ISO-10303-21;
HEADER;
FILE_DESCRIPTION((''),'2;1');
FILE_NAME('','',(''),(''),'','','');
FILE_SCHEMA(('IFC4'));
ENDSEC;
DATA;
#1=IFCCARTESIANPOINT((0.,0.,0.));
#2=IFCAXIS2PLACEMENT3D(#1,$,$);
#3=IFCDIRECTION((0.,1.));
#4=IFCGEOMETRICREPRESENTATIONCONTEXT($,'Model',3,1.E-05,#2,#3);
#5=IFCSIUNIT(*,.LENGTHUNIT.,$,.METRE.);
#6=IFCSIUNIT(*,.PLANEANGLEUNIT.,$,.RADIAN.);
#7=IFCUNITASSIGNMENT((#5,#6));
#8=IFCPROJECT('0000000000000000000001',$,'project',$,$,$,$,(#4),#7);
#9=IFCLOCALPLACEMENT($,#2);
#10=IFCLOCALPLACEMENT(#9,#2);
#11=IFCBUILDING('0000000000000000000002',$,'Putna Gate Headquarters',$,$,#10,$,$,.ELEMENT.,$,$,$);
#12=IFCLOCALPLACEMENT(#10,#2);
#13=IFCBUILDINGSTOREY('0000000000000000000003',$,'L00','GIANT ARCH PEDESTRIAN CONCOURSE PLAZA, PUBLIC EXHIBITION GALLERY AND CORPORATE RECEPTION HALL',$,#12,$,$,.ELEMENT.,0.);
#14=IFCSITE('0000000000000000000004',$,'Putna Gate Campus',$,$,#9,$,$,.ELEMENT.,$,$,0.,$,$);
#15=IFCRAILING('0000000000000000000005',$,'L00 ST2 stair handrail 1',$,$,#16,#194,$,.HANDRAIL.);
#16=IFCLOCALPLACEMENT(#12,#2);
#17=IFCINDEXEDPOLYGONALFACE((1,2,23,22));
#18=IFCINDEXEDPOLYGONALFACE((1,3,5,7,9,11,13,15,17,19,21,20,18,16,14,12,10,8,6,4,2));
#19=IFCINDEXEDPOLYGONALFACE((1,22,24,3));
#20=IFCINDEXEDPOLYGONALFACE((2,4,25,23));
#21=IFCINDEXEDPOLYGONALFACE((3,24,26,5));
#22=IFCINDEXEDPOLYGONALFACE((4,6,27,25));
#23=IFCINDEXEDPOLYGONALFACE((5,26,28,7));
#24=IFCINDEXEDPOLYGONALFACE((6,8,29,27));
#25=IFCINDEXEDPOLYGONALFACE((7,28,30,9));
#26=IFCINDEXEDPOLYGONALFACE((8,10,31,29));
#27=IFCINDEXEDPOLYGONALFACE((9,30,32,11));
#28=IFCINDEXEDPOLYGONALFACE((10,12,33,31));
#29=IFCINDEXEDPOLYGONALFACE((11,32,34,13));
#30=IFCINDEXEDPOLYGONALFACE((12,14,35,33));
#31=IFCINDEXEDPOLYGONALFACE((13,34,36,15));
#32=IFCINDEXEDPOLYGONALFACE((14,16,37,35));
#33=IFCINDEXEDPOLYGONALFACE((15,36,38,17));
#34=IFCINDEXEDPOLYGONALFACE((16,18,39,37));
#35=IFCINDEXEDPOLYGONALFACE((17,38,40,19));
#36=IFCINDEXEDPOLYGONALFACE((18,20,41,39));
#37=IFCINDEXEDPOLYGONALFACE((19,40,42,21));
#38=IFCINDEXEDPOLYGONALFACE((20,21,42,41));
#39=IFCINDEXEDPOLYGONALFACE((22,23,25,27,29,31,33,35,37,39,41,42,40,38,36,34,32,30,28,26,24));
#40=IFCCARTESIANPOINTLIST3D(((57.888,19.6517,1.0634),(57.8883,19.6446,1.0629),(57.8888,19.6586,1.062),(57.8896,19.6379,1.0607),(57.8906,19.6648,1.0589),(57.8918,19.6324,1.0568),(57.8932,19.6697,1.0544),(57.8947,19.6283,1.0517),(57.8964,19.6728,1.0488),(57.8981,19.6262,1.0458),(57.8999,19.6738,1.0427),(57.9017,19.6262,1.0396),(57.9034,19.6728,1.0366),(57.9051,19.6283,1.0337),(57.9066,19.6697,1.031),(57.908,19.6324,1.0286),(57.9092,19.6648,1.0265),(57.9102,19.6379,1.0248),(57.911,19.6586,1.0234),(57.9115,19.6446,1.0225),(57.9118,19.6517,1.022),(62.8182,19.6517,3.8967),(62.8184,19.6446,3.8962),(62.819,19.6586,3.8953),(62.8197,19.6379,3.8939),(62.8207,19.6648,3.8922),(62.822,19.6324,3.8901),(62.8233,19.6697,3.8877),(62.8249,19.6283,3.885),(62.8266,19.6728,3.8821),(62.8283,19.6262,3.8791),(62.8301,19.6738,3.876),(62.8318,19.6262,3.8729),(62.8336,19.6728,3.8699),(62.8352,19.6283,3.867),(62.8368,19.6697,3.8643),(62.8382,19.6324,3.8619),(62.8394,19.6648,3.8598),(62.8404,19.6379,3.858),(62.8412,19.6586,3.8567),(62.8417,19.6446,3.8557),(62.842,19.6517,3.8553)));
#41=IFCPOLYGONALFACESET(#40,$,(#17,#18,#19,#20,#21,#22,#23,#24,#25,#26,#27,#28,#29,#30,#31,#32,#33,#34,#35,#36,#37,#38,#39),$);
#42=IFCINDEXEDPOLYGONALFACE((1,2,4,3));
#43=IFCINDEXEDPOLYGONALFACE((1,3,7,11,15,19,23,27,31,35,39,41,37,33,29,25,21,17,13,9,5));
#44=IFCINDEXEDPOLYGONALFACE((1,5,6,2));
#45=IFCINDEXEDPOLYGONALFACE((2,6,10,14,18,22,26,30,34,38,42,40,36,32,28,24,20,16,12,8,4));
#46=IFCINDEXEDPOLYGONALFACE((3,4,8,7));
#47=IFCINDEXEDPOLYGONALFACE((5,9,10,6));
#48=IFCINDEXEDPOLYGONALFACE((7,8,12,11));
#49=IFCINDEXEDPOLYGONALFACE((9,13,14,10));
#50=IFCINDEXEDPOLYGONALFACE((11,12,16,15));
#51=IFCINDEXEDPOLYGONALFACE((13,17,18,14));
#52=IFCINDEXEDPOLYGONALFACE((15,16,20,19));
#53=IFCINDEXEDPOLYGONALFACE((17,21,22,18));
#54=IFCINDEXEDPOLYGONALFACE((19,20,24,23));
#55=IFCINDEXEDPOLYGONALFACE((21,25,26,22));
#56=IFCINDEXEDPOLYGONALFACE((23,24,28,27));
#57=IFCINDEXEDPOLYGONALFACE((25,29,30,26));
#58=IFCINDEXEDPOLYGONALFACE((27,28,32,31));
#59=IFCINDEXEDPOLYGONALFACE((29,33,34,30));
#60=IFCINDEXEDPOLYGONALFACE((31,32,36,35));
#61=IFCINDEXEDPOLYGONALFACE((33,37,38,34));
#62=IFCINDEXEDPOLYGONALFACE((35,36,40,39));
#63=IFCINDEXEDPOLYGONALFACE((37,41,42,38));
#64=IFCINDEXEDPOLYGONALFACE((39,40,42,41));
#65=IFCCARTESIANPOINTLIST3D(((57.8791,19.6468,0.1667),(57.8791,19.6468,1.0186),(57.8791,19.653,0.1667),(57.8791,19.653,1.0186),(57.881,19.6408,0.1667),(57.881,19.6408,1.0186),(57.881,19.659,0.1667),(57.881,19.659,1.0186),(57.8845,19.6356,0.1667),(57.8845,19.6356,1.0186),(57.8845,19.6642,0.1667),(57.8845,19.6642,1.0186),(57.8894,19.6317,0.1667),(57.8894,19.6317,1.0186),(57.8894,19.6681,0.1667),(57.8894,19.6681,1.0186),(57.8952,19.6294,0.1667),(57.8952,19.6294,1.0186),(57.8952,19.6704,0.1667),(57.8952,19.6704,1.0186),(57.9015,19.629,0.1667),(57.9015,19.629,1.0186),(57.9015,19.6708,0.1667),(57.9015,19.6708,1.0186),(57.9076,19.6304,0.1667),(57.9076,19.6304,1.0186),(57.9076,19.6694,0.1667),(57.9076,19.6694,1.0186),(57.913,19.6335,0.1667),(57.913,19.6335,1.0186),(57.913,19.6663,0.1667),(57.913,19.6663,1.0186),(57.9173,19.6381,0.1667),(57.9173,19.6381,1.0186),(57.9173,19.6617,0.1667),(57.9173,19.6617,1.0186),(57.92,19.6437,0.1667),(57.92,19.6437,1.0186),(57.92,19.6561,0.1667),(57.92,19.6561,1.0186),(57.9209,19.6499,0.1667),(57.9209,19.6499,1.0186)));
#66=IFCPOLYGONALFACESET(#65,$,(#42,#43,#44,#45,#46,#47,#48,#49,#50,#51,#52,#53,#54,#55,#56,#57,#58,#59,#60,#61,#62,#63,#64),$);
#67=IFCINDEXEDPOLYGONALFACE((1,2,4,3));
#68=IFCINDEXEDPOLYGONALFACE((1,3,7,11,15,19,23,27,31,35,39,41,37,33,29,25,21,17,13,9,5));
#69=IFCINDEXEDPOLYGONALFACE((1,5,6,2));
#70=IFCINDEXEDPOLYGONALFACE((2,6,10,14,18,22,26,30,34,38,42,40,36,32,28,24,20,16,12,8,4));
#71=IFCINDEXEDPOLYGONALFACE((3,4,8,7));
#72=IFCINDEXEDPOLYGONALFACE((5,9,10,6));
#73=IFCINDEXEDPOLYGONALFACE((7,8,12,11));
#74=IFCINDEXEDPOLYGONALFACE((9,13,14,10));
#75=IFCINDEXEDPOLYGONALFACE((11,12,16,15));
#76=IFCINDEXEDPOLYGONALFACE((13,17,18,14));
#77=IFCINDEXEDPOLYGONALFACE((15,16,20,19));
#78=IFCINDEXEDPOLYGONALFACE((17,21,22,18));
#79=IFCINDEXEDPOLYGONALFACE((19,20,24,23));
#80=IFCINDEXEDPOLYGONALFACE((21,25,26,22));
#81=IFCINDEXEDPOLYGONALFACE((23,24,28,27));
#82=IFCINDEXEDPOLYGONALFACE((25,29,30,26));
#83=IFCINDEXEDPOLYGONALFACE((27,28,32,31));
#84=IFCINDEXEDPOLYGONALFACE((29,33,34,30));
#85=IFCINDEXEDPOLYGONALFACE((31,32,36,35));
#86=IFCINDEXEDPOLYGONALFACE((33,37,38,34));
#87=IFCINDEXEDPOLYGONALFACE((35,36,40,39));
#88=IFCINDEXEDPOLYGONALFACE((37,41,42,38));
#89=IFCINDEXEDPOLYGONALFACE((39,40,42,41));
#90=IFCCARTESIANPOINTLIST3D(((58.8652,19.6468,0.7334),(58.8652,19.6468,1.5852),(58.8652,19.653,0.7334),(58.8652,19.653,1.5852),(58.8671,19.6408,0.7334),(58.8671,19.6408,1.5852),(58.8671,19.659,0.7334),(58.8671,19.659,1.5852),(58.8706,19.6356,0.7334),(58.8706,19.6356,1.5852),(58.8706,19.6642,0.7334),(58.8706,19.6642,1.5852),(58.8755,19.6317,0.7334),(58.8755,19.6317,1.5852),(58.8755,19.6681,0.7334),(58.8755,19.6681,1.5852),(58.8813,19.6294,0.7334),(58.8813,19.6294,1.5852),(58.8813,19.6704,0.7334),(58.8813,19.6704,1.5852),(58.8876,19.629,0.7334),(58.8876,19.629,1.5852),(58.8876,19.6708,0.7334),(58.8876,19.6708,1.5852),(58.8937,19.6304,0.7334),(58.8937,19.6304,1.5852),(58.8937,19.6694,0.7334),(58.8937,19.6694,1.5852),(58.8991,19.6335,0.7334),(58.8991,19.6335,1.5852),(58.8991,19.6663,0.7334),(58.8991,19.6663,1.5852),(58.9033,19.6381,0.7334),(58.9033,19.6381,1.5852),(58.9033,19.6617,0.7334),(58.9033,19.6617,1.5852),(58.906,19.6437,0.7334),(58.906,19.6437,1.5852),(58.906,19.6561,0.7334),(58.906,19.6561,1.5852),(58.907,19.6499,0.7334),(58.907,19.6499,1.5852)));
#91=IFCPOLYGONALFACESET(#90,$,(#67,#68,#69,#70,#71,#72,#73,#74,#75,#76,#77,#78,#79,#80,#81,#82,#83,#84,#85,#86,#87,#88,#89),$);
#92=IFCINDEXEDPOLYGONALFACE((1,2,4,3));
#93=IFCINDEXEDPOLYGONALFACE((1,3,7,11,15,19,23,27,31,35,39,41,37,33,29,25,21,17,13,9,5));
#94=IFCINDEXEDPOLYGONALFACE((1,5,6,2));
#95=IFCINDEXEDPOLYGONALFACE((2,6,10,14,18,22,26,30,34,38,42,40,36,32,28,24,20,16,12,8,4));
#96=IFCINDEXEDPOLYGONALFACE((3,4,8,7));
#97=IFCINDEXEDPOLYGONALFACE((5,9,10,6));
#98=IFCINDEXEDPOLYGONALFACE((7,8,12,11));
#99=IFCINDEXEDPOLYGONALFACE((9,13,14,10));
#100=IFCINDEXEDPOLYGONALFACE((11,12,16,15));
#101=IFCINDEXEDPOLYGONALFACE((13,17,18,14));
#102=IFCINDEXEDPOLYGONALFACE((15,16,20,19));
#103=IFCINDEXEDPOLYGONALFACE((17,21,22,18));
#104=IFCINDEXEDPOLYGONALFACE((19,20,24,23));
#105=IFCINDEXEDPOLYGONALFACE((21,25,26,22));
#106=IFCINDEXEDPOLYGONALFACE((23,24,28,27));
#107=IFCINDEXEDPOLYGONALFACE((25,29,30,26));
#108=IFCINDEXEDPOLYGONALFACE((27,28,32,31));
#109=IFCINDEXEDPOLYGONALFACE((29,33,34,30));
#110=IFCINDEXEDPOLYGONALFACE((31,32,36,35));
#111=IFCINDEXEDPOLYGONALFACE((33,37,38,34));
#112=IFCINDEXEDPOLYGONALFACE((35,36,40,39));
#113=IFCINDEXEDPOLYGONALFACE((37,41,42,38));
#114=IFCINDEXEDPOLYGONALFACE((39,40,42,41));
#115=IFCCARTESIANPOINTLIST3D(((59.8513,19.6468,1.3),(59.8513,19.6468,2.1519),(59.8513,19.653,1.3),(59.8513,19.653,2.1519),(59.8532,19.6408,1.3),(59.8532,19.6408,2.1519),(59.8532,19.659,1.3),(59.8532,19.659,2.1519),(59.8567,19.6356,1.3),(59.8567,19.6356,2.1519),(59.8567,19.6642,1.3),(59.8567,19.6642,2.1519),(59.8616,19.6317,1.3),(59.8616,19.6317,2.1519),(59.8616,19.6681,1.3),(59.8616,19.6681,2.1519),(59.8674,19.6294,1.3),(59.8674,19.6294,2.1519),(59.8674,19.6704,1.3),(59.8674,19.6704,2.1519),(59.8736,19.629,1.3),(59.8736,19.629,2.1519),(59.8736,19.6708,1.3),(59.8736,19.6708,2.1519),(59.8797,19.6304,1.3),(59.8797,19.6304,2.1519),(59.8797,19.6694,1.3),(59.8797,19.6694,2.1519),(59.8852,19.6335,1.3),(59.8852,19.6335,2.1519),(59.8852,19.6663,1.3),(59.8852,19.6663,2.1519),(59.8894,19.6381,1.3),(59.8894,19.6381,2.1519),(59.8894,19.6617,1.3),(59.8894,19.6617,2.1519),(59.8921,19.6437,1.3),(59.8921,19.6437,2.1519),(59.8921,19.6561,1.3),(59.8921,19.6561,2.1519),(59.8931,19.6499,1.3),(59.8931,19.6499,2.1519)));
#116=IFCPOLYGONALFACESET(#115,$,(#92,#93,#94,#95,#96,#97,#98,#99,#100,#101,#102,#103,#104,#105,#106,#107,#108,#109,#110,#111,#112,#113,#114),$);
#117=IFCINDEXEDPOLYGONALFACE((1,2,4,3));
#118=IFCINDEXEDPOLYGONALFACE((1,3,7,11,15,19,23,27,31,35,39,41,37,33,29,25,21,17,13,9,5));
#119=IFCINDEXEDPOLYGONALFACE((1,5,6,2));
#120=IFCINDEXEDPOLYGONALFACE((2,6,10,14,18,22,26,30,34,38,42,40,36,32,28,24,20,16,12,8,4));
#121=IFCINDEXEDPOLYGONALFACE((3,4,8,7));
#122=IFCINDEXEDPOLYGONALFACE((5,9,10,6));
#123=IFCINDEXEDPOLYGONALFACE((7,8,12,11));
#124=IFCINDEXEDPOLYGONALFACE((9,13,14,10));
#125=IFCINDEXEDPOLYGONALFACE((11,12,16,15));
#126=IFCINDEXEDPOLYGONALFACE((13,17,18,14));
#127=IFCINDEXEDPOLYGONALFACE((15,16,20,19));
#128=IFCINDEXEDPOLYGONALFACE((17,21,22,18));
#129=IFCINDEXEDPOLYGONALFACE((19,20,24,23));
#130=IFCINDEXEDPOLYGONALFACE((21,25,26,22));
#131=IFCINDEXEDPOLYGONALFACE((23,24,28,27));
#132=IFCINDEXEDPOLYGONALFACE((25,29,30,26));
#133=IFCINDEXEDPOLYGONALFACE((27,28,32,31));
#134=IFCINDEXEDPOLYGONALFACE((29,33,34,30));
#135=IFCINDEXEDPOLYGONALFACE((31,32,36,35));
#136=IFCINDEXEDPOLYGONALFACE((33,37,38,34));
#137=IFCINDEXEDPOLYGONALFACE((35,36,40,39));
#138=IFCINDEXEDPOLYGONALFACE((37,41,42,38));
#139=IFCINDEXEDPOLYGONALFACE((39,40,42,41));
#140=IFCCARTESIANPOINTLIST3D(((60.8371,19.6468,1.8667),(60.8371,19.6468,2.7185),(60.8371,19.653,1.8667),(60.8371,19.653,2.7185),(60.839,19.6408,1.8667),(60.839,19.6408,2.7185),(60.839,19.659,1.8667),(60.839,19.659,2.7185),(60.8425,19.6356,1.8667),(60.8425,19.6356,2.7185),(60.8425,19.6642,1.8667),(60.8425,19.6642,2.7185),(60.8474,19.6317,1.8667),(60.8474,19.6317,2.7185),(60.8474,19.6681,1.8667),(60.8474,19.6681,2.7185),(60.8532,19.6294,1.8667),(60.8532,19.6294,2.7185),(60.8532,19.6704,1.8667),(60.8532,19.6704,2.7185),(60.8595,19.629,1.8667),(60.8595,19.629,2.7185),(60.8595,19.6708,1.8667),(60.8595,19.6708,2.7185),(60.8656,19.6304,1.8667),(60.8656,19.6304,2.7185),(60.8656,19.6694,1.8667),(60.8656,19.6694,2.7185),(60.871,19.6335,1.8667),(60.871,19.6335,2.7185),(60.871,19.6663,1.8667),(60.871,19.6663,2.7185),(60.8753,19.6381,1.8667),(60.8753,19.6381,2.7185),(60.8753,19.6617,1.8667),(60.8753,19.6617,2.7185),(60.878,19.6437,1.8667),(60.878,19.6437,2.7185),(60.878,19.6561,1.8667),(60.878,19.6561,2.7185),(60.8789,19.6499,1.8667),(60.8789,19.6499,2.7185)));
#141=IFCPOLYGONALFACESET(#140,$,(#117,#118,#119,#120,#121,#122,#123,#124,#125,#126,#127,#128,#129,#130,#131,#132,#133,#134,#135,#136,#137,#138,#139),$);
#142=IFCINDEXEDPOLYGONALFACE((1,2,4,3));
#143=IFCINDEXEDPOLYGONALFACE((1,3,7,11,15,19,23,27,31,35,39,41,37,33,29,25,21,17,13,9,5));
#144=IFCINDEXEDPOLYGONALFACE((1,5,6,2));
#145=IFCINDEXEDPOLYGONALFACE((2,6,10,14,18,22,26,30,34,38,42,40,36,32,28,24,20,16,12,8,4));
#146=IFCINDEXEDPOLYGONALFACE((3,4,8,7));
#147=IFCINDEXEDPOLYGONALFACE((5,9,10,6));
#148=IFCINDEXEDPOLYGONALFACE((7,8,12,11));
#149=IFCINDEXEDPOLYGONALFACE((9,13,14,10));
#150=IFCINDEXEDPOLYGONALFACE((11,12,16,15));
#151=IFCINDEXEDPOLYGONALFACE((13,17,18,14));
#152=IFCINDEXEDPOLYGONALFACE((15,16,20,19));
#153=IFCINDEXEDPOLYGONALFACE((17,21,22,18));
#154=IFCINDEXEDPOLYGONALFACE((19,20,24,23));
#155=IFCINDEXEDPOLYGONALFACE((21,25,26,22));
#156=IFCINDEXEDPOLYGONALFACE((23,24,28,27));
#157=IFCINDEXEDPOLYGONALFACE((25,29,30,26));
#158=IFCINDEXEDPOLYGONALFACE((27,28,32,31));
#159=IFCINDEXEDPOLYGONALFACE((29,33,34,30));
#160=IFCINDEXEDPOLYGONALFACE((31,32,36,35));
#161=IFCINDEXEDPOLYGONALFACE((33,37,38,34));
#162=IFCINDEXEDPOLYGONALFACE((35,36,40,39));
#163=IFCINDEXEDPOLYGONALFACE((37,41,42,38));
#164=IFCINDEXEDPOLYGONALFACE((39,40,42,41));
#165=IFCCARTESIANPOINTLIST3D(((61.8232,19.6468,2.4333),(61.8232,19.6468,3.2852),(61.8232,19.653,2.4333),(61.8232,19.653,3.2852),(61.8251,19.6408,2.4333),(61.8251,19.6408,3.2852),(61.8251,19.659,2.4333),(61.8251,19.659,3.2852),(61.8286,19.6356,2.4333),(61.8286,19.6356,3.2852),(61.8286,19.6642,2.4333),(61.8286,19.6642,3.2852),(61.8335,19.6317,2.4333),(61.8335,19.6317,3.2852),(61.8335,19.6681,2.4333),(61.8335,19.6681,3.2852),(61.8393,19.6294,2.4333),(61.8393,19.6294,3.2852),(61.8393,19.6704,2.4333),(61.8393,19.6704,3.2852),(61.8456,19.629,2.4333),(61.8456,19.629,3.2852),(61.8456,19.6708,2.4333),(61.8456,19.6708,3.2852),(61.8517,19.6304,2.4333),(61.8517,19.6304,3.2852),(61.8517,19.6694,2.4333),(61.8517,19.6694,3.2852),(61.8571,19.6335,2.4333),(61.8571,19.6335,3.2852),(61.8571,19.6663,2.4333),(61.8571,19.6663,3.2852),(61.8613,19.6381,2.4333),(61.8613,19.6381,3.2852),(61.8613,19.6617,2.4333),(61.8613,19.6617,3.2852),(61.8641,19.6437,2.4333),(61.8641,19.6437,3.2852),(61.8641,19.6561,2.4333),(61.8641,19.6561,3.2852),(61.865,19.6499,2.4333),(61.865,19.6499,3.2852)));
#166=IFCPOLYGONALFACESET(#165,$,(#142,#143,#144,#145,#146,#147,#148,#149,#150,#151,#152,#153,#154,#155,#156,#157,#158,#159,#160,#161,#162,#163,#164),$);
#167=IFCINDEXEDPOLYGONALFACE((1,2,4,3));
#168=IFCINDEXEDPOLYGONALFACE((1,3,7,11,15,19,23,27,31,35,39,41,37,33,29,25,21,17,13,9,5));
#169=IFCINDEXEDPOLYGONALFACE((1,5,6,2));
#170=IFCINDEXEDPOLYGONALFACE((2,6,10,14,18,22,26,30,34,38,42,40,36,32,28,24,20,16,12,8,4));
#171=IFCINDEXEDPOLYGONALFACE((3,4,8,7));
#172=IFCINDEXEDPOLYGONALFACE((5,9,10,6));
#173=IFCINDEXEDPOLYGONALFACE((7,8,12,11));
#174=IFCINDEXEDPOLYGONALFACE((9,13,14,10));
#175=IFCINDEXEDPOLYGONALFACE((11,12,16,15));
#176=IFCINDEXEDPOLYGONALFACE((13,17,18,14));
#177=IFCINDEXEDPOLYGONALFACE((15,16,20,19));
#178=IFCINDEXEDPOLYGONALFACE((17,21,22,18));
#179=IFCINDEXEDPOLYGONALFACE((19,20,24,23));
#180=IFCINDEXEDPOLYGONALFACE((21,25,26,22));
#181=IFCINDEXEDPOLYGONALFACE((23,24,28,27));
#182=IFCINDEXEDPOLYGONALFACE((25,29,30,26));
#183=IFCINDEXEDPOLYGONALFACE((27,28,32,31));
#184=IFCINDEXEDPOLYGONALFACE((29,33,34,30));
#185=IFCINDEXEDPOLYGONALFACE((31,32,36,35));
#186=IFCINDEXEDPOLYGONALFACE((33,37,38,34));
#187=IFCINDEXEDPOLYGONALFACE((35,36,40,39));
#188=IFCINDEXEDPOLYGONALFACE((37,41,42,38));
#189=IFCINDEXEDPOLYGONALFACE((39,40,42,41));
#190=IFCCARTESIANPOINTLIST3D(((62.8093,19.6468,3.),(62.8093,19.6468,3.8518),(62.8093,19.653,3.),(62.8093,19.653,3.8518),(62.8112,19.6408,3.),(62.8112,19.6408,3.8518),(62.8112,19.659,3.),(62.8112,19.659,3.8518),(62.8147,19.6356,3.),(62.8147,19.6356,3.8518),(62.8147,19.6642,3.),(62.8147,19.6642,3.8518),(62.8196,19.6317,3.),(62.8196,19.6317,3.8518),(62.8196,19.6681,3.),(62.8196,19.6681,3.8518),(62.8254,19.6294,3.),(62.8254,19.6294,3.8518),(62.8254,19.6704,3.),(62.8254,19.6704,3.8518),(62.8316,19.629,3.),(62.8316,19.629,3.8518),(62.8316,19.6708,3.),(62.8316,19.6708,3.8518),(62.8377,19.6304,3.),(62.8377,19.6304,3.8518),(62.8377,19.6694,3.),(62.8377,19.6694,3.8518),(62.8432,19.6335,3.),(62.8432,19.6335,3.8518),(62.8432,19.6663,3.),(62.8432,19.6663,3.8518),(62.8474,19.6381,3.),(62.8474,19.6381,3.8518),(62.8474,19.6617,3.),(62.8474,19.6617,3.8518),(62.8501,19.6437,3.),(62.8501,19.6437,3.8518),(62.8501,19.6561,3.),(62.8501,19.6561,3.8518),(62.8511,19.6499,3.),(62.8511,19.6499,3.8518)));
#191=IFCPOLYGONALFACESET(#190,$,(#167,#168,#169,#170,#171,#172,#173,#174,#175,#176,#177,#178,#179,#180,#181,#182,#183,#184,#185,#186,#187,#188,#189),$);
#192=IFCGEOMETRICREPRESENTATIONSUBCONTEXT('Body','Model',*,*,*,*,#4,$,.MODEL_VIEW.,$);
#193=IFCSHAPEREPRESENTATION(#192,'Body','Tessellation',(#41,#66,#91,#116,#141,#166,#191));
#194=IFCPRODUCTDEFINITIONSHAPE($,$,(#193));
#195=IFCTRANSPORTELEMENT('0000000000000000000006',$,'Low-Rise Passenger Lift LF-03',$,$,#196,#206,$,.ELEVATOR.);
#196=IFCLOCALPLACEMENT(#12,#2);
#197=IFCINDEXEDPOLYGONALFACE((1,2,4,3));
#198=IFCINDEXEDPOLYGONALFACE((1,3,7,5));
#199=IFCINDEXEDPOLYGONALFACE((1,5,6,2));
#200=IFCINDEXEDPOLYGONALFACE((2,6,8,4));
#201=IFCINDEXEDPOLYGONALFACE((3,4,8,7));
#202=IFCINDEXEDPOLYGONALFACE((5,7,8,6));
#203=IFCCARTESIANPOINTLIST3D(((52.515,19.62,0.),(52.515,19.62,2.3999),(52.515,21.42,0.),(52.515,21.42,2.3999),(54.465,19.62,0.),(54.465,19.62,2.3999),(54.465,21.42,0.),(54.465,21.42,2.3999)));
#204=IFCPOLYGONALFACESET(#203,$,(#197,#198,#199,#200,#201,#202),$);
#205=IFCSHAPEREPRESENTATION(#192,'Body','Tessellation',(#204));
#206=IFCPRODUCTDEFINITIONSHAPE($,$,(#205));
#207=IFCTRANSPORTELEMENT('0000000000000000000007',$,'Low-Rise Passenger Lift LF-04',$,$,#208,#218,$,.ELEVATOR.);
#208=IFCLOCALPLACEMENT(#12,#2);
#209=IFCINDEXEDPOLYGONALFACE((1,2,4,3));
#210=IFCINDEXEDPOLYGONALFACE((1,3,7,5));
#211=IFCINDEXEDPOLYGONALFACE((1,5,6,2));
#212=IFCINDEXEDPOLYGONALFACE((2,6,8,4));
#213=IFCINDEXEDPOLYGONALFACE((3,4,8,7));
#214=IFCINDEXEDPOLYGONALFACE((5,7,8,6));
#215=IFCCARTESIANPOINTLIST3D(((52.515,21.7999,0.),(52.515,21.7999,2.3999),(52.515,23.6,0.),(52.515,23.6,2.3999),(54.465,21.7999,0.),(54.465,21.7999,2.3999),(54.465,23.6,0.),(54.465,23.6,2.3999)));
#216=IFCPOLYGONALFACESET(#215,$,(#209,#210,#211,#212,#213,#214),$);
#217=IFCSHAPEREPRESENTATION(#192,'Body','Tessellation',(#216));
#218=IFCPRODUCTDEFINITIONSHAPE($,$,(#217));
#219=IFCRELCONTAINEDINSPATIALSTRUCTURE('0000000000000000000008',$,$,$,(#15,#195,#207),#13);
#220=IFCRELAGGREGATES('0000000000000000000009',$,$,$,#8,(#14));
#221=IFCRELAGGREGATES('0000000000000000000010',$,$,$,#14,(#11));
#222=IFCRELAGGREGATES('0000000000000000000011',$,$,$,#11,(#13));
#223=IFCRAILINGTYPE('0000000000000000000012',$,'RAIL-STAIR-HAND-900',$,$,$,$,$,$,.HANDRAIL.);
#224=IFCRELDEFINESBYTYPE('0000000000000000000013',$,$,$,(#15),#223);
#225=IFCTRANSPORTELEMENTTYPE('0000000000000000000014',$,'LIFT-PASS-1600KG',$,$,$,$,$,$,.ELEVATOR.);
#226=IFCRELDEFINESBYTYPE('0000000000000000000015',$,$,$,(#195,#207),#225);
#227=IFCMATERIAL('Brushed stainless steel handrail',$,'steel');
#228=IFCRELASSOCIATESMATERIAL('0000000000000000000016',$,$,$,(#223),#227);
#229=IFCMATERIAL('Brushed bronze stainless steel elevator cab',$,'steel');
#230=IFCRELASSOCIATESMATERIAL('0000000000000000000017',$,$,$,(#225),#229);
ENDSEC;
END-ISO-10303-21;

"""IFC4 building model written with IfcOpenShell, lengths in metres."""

from ifc_helpers import new_model, si_unit, direction, frame, origin, origin_2d, place, context, subcontext, project, spatial, rectangle, circle, extrude, material, type_object, element, save


model = new_model("IFC4")

# Units and contexts
model_context = context("Model", 3, precision=1e-05, world=origin(), true_north=direction((0.0, 1.0)))
body_context = subcontext(model_context, "Body", "Model", "MODEL_VIEW")
ifc_project = project(units=[si_unit("LENGTHUNIT", "METRE"), si_unit("PLANEANGLEUNIT", "RADIAN")], contexts=[model_context])

# Site, building, storey
site_placement = place(None, origin())
site = spatial("IfcSite", under=ifc_project, at=site_placement, Name="Putna Gate Campus", CompositionType="ELEMENT", RefElevation=0.0)
building_placement = place(site_placement, origin())
building = spatial("IfcBuilding", under=site, at=building_placement, Name="Putna Gate Headquarters", CompositionType="ELEMENT")
storey_placement = place(building_placement, origin())
storey = spatial("IfcBuildingStorey", under=building, at=storey_placement, Name="L00", Description="GIANT ARCH PEDESTRIAN CONCOURSE PLAZA, PUBLIC EXHIBITION GALLERY AND CORPORATE RECEPTION HALL", CompositionType="ELEMENT", Elevation=0.0)

# Railing
ifc_material_1 = material(Name="Brushed stainless steel handrail", Category="steel")
railing_type_1 = type_object("IfcRailingType", Name="RAIL-STAIR-HAND-900", PredefinedType="HANDRAIL", material=ifc_material_1)
railing_1_placement = place(storey_placement, frame((57.8999, 19.6499, 0.1667)))
element("IfcRailing", 1, at=railing_1_placement, inside=storey, type_object=railing_type_1, Name="L00 ST2 stair handrail 1", PredefinedType="HANDRAIL", context=body_context, shape_type="SweptSolid", body=[
    extrude(circle(Radius=0.0239, at=origin_2d()), frame((0.0, 0.0, 0.876), z_axis=(0.867028, 0.0, 0.49826), x_axis=(0.0, 1.0, 0.0)), (0.0, 0.0, 1.0), 5.6863),
    extrude(circle(Radius=0.021, at=origin_2d()), origin(), (0.0, 0.0, 1.0), 0.8518),
    extrude(circle(Radius=0.021, at=origin_2d()), frame((0.9861, 0.0, 0.5667)), (0.0, 0.0, 1.0), 0.8518),
    extrude(circle(Radius=0.021, at=origin_2d()), frame((1.9722, 0.0, 1.1333)), (0.0, 0.0, 1.0), 0.8518),
    extrude(circle(Radius=0.021, at=origin_2d()), frame((2.958, 0.0, 1.7)), (0.0, 0.0, 1.0), 0.8518),
    extrude(circle(Radius=0.021, at=origin_2d()), frame((3.9441, 0.0, 2.2666)), (0.0, 0.0, 1.0), 0.8518),
    extrude(circle(Radius=0.021, at=origin_2d()), frame((4.9302, 0.0, 2.8333)), (0.0, 0.0, 1.0), 0.8518),
])

# Transport elements
ifc_material_2 = material(Name="Brushed bronze stainless steel elevator cab", Category="steel")
transport_element_type = type_object("IfcTransportElementType", Name="LIFT-PASS-1600KG", PredefinedType="ELEVATOR", material=ifc_material_2)
for number, where, z_axis, x_axis, name in (
    (2, (53.49, 20.52, 0.0), (0.0, 0.0, 1.0), (1.0, 0.0, 0.0), "Low-Rise Passenger Lift LF-03"),
    (3, (53.49, 22.7, 0.0), (0.0, 0.0, 1.0), (1.0, 0.0, 0.0), "Low-Rise Passenger Lift LF-04"),
):
    element("IfcTransportElement", number, at=place(storey_placement, frame(where, z_axis=z_axis, x_axis=x_axis)), inside=storey, type_object=transport_element_type, Name=name, PredefinedType="ELEVATOR", context=body_context, shape_type="SweptSolid", body=[
        extrude(rectangle(XDim=1.95, YDim=1.8, at=origin_2d()), origin(), (0.0, 0.0, 1.0), 2.3999),
    ])

save(model, "model.ifc")
